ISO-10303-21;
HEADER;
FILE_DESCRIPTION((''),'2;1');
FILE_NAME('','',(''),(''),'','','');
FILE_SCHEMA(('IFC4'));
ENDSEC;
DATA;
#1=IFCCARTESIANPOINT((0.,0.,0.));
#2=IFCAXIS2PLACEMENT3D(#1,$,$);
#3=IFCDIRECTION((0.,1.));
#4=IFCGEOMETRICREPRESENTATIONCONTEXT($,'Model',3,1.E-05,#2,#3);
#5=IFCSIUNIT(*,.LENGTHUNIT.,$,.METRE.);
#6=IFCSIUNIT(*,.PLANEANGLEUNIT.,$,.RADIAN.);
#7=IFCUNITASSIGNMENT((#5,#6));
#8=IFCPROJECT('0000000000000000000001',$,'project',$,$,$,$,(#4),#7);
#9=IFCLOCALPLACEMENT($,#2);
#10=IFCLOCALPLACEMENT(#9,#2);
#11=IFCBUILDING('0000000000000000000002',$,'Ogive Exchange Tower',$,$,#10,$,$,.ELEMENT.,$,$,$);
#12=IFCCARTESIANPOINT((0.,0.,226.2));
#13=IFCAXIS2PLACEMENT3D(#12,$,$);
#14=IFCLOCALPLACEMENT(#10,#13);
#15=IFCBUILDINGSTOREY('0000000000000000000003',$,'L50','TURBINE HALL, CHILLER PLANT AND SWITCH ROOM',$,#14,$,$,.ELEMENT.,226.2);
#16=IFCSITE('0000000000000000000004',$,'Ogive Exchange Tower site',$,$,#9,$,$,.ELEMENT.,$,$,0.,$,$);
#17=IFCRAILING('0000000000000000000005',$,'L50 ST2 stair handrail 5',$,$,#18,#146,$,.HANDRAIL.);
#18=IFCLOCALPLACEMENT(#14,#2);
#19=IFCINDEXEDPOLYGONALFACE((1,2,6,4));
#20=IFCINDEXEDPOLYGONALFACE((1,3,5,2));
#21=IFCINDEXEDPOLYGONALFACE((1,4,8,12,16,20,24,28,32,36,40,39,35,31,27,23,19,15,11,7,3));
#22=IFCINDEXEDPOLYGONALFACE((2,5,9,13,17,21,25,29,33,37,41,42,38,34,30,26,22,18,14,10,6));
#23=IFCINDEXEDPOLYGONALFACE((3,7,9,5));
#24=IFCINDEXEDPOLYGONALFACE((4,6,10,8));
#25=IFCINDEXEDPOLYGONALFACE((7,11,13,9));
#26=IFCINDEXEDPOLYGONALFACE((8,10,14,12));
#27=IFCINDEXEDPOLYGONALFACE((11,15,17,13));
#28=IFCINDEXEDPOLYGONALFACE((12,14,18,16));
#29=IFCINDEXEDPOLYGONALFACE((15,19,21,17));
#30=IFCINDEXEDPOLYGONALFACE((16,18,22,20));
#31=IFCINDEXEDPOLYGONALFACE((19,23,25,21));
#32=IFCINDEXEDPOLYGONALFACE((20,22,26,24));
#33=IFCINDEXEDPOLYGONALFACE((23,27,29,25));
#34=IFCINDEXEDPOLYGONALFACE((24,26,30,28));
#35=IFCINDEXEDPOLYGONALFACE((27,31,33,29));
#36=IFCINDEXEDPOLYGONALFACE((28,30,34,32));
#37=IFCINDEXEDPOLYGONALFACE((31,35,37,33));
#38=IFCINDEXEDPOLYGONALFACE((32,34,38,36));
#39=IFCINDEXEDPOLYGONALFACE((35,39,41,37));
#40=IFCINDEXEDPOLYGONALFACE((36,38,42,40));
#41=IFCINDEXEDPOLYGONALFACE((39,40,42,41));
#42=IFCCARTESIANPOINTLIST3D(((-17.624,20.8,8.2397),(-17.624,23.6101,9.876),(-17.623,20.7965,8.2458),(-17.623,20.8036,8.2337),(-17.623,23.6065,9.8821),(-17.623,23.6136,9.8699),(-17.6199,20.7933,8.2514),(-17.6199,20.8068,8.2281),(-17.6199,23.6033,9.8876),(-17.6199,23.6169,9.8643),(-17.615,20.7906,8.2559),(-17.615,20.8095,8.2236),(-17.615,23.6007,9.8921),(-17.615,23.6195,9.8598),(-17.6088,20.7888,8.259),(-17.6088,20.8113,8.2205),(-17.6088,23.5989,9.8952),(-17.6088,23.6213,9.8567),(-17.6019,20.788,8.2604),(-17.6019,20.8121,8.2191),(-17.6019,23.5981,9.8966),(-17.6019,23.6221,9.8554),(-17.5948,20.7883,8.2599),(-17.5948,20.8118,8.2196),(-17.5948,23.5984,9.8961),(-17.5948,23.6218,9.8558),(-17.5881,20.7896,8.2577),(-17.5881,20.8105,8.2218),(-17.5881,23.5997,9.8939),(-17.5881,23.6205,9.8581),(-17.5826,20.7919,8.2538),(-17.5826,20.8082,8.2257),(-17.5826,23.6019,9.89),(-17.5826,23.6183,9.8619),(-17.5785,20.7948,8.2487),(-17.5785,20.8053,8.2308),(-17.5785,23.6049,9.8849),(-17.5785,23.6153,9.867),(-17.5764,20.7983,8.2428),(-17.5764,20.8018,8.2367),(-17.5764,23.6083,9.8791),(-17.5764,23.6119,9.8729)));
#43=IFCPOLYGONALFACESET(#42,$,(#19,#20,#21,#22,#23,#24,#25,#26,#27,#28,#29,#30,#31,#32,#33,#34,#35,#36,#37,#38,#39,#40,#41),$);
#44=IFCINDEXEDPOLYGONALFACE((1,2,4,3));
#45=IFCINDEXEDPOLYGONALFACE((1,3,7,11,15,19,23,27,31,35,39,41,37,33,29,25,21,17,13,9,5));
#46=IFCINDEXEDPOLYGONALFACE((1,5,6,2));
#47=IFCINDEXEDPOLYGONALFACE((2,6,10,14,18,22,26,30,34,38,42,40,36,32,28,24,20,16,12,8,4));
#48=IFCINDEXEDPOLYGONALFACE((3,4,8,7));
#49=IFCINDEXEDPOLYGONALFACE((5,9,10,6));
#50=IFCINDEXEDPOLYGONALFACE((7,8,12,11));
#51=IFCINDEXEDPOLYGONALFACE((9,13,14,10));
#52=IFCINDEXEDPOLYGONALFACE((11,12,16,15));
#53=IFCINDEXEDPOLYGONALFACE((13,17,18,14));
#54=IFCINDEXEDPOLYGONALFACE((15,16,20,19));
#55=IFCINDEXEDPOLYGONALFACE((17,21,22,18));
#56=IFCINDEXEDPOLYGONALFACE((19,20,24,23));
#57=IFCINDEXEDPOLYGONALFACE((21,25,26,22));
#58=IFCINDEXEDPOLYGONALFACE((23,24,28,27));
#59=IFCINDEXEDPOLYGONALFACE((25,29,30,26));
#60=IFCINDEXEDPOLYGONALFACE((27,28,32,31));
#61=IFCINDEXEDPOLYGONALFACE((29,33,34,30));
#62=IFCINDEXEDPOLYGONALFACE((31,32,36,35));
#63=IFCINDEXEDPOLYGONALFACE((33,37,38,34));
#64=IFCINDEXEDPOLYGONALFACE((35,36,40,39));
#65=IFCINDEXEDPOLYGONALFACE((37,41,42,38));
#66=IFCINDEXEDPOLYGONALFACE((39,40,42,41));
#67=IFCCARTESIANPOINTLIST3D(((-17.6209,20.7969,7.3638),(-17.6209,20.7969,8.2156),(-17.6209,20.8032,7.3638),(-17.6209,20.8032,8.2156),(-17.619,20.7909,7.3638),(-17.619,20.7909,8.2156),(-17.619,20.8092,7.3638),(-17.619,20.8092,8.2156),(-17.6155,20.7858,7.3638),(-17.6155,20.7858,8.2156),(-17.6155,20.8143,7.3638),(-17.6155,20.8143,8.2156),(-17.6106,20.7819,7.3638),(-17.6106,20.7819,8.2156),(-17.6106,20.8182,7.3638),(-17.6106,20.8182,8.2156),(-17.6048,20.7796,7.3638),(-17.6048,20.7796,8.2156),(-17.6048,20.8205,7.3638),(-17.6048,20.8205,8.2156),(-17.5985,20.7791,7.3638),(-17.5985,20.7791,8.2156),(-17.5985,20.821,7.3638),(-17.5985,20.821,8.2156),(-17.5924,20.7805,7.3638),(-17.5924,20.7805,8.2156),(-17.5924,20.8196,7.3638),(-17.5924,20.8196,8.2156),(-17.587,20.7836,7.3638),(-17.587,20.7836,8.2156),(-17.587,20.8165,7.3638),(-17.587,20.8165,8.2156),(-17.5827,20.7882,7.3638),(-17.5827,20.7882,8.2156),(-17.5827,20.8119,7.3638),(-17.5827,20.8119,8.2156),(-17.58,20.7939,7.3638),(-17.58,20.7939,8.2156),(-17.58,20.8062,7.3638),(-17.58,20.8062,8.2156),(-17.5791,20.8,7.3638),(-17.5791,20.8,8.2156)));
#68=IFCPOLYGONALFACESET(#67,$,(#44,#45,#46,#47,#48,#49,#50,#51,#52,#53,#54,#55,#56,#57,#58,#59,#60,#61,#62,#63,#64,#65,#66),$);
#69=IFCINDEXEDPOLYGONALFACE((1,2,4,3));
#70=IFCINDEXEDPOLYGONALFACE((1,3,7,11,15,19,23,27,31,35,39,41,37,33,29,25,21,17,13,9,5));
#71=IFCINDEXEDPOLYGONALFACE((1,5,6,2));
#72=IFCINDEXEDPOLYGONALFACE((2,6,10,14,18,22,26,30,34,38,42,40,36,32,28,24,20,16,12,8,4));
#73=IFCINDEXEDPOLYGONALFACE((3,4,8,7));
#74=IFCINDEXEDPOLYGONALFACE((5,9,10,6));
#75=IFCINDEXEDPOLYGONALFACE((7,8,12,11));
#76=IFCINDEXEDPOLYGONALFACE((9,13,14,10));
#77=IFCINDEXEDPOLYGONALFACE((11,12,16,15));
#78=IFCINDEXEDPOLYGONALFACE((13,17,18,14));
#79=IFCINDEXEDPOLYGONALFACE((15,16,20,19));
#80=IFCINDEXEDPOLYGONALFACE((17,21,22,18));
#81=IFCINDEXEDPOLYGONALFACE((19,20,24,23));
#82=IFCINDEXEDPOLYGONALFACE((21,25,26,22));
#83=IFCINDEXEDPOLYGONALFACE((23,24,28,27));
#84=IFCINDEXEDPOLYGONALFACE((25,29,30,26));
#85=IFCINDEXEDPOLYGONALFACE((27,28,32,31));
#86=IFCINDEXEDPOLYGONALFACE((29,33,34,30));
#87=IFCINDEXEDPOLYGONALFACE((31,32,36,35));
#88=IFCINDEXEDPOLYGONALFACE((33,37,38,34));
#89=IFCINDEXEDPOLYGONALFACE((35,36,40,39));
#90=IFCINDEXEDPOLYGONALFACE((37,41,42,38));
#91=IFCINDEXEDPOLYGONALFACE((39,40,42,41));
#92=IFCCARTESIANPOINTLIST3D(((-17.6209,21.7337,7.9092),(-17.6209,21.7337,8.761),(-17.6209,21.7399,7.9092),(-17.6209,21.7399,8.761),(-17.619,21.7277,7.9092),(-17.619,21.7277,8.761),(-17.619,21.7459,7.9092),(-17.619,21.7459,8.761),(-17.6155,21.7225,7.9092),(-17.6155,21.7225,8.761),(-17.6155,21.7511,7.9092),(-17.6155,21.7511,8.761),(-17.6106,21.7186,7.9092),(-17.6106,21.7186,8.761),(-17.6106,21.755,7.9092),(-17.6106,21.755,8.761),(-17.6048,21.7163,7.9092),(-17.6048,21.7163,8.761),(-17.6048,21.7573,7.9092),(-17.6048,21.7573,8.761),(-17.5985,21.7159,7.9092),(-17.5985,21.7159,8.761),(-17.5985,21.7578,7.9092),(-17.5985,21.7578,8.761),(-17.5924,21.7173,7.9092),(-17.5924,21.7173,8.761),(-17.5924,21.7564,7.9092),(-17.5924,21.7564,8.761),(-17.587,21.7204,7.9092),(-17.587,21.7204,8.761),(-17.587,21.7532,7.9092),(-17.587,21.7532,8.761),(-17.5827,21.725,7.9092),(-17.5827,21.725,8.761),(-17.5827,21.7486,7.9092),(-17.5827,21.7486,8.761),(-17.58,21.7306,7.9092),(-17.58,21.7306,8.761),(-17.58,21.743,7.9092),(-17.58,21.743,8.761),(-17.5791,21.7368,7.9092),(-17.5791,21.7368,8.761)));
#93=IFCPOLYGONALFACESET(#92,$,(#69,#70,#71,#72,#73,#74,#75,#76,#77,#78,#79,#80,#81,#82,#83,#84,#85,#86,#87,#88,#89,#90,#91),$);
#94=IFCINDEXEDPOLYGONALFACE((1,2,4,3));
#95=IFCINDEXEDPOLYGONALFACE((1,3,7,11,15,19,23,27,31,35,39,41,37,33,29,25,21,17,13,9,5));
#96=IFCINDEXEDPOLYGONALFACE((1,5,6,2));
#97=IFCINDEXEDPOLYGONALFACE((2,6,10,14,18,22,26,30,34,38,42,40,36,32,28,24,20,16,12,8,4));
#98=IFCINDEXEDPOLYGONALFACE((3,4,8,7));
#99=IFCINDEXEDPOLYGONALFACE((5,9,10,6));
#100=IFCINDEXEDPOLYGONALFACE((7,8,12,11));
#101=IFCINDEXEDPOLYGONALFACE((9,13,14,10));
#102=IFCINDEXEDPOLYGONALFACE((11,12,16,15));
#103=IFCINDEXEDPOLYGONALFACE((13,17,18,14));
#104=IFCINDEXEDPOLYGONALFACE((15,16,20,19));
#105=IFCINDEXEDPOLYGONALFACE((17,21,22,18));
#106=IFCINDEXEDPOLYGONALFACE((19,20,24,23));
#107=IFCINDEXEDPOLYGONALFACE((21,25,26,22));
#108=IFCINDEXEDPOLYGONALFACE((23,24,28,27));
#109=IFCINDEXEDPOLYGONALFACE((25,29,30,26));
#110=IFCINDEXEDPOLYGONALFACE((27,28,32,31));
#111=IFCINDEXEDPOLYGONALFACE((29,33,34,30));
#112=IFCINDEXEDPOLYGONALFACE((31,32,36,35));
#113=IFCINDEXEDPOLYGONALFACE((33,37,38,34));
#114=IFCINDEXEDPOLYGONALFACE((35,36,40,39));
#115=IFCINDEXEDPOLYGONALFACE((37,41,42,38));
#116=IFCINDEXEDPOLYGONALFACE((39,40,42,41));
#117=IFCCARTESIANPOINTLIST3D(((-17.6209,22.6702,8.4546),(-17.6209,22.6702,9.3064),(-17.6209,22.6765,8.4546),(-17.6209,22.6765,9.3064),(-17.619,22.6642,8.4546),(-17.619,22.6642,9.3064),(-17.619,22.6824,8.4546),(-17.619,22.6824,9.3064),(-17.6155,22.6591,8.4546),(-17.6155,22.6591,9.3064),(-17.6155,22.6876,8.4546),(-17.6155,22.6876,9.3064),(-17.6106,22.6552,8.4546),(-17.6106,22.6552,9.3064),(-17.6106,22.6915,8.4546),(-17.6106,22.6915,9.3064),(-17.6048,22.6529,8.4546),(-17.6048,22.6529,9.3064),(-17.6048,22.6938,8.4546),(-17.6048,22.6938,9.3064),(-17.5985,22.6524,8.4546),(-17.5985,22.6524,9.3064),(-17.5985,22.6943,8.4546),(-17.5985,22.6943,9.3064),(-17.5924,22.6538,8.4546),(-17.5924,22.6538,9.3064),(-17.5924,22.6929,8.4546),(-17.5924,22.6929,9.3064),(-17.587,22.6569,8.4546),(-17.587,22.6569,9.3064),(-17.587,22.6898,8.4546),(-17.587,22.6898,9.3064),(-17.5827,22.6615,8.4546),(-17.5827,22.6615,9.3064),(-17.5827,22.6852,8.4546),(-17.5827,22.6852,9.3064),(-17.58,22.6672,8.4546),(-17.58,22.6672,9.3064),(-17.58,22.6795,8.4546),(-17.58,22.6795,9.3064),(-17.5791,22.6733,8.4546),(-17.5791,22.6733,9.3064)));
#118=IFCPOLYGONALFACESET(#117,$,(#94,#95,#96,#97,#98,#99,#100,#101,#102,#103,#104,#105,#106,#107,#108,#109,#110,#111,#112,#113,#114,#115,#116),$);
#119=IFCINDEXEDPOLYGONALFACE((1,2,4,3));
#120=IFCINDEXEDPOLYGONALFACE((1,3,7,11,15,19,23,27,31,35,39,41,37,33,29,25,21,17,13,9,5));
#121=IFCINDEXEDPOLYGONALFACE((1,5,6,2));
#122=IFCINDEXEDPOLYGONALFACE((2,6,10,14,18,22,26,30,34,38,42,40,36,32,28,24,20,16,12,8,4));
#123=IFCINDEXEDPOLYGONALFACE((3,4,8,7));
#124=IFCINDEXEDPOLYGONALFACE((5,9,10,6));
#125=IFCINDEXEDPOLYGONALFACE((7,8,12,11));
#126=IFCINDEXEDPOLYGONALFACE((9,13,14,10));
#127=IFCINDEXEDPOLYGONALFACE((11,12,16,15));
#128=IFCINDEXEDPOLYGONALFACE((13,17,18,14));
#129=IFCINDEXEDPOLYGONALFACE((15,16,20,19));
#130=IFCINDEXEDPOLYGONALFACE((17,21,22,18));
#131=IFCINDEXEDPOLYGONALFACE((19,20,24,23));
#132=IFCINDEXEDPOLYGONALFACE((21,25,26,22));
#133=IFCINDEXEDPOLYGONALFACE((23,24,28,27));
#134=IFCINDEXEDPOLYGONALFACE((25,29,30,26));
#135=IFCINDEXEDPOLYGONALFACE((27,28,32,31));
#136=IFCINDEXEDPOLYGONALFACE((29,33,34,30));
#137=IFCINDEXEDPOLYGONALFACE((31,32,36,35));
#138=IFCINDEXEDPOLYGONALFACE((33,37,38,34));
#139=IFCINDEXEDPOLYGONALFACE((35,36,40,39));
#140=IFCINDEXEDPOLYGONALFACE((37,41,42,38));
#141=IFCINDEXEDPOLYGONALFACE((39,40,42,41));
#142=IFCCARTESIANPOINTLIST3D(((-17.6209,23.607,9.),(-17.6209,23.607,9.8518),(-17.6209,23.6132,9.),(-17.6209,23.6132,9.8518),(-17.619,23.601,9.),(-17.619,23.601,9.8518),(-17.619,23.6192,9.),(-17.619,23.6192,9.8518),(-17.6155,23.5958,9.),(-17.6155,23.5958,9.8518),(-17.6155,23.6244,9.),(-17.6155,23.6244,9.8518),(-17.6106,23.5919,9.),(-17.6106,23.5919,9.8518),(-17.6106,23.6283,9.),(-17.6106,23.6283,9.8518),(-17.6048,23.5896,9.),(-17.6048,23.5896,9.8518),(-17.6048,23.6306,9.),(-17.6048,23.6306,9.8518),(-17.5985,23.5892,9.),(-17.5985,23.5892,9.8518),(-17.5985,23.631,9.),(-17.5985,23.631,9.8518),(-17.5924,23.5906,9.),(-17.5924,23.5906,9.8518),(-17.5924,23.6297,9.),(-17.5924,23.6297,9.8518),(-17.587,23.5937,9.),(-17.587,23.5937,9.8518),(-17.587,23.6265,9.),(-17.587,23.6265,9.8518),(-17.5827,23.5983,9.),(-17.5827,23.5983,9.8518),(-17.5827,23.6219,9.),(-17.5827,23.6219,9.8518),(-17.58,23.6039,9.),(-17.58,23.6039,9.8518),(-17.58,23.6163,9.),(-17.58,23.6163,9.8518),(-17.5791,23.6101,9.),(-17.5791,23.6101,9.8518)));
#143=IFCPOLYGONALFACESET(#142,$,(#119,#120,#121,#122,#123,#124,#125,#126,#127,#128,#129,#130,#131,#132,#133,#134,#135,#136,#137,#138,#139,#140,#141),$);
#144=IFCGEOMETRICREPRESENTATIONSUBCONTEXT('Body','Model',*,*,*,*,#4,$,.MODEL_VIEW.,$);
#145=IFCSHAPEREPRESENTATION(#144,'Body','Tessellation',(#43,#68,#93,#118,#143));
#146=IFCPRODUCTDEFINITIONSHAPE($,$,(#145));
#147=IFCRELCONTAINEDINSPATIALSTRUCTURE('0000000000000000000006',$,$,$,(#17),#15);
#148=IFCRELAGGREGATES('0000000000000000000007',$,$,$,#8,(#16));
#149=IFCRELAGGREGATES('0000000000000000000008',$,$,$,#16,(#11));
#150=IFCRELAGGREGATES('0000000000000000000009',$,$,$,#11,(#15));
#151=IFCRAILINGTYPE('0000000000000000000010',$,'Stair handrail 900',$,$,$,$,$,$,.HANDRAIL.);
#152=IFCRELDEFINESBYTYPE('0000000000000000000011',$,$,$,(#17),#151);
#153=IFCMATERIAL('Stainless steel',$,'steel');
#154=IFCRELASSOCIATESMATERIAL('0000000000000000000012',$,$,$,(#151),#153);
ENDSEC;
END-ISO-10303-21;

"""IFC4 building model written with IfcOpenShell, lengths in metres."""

from ifc_helpers import new_model, si_unit, direction, frame, origin, origin_2d, place, context, subcontext, project, spatial, circle, extrude, material, type_object, element, save


model = new_model("IFC4")

# Units and contexts
model_context = context("Model", 3, precision=1e-05, world=origin(), true_north=direction((0.0, 1.0)))
body_context = subcontext(model_context, "Body", "Model", "MODEL_VIEW")
ifc_project = project(units=[si_unit("LENGTHUNIT", "METRE"), si_unit("PLANEANGLEUNIT", "RADIAN")], contexts=[model_context])

# Site, building, storey
site_placement = place(None, origin())
site = spatial("IfcSite", under=ifc_project, at=site_placement, Name="Ogive Exchange Tower site", CompositionType="ELEMENT", RefElevation=0.0)
building_placement = place(site_placement, origin())
building = spatial("IfcBuilding", under=site, at=building_placement, Name="Ogive Exchange Tower", CompositionType="ELEMENT")
storey_placement = place(building_placement, frame((0.0, 0.0, 226.2)))
storey = spatial("IfcBuildingStorey", under=building, at=storey_placement, Name="L50", Description="TURBINE HALL, CHILLER PLANT AND SWITCH ROOM", CompositionType="ELEMENT", Elevation=226.2)

# Railing
ifc_material_1 = material(Name="Stainless steel", Category="steel")
railing_type = type_object("IfcRailingType", Name="Stair handrail 900", PredefinedType="HANDRAIL", material=ifc_material_1)
railing_1_placement = place(storey_placement, frame((-17.6001, 20.8, 7.3638)))
element("IfcRailing", 1, at=railing_1_placement, inside=storey, type_object=railing_type, Name="L50 ST2 stair handrail 5", PredefinedType="HANDRAIL", context=body_context, shape_type="SweptSolid", body=[
    extrude(circle(Radius=0.0239, at=origin_2d()), frame((0.0, 0.0, 0.876), z_axis=(0.0, 0.864176, 0.503189), x_axis=(-1.0, 0.0, 0.0)), (0.0, 0.0, 1.0), 3.2517),
    extrude(circle(Radius=0.021, at=origin_2d()), origin(), (0.0, 0.0, 1.0), 0.8518),
    extrude(circle(Radius=0.021, at=origin_2d()), frame((0.0, 0.9368, 0.5454)), (0.0, 0.0, 1.0), 0.8518),
    extrude(circle(Radius=0.021, at=origin_2d()), frame((0.0, 1.8733, 1.0908)), (0.0, 0.0, 1.0), 0.8518),
    extrude(circle(Radius=0.021, at=origin_2d()), frame((0.0, 2.8101, 1.6362)), (0.0, 0.0, 1.0), 0.8518),
])

save(model, "model.ifc")
